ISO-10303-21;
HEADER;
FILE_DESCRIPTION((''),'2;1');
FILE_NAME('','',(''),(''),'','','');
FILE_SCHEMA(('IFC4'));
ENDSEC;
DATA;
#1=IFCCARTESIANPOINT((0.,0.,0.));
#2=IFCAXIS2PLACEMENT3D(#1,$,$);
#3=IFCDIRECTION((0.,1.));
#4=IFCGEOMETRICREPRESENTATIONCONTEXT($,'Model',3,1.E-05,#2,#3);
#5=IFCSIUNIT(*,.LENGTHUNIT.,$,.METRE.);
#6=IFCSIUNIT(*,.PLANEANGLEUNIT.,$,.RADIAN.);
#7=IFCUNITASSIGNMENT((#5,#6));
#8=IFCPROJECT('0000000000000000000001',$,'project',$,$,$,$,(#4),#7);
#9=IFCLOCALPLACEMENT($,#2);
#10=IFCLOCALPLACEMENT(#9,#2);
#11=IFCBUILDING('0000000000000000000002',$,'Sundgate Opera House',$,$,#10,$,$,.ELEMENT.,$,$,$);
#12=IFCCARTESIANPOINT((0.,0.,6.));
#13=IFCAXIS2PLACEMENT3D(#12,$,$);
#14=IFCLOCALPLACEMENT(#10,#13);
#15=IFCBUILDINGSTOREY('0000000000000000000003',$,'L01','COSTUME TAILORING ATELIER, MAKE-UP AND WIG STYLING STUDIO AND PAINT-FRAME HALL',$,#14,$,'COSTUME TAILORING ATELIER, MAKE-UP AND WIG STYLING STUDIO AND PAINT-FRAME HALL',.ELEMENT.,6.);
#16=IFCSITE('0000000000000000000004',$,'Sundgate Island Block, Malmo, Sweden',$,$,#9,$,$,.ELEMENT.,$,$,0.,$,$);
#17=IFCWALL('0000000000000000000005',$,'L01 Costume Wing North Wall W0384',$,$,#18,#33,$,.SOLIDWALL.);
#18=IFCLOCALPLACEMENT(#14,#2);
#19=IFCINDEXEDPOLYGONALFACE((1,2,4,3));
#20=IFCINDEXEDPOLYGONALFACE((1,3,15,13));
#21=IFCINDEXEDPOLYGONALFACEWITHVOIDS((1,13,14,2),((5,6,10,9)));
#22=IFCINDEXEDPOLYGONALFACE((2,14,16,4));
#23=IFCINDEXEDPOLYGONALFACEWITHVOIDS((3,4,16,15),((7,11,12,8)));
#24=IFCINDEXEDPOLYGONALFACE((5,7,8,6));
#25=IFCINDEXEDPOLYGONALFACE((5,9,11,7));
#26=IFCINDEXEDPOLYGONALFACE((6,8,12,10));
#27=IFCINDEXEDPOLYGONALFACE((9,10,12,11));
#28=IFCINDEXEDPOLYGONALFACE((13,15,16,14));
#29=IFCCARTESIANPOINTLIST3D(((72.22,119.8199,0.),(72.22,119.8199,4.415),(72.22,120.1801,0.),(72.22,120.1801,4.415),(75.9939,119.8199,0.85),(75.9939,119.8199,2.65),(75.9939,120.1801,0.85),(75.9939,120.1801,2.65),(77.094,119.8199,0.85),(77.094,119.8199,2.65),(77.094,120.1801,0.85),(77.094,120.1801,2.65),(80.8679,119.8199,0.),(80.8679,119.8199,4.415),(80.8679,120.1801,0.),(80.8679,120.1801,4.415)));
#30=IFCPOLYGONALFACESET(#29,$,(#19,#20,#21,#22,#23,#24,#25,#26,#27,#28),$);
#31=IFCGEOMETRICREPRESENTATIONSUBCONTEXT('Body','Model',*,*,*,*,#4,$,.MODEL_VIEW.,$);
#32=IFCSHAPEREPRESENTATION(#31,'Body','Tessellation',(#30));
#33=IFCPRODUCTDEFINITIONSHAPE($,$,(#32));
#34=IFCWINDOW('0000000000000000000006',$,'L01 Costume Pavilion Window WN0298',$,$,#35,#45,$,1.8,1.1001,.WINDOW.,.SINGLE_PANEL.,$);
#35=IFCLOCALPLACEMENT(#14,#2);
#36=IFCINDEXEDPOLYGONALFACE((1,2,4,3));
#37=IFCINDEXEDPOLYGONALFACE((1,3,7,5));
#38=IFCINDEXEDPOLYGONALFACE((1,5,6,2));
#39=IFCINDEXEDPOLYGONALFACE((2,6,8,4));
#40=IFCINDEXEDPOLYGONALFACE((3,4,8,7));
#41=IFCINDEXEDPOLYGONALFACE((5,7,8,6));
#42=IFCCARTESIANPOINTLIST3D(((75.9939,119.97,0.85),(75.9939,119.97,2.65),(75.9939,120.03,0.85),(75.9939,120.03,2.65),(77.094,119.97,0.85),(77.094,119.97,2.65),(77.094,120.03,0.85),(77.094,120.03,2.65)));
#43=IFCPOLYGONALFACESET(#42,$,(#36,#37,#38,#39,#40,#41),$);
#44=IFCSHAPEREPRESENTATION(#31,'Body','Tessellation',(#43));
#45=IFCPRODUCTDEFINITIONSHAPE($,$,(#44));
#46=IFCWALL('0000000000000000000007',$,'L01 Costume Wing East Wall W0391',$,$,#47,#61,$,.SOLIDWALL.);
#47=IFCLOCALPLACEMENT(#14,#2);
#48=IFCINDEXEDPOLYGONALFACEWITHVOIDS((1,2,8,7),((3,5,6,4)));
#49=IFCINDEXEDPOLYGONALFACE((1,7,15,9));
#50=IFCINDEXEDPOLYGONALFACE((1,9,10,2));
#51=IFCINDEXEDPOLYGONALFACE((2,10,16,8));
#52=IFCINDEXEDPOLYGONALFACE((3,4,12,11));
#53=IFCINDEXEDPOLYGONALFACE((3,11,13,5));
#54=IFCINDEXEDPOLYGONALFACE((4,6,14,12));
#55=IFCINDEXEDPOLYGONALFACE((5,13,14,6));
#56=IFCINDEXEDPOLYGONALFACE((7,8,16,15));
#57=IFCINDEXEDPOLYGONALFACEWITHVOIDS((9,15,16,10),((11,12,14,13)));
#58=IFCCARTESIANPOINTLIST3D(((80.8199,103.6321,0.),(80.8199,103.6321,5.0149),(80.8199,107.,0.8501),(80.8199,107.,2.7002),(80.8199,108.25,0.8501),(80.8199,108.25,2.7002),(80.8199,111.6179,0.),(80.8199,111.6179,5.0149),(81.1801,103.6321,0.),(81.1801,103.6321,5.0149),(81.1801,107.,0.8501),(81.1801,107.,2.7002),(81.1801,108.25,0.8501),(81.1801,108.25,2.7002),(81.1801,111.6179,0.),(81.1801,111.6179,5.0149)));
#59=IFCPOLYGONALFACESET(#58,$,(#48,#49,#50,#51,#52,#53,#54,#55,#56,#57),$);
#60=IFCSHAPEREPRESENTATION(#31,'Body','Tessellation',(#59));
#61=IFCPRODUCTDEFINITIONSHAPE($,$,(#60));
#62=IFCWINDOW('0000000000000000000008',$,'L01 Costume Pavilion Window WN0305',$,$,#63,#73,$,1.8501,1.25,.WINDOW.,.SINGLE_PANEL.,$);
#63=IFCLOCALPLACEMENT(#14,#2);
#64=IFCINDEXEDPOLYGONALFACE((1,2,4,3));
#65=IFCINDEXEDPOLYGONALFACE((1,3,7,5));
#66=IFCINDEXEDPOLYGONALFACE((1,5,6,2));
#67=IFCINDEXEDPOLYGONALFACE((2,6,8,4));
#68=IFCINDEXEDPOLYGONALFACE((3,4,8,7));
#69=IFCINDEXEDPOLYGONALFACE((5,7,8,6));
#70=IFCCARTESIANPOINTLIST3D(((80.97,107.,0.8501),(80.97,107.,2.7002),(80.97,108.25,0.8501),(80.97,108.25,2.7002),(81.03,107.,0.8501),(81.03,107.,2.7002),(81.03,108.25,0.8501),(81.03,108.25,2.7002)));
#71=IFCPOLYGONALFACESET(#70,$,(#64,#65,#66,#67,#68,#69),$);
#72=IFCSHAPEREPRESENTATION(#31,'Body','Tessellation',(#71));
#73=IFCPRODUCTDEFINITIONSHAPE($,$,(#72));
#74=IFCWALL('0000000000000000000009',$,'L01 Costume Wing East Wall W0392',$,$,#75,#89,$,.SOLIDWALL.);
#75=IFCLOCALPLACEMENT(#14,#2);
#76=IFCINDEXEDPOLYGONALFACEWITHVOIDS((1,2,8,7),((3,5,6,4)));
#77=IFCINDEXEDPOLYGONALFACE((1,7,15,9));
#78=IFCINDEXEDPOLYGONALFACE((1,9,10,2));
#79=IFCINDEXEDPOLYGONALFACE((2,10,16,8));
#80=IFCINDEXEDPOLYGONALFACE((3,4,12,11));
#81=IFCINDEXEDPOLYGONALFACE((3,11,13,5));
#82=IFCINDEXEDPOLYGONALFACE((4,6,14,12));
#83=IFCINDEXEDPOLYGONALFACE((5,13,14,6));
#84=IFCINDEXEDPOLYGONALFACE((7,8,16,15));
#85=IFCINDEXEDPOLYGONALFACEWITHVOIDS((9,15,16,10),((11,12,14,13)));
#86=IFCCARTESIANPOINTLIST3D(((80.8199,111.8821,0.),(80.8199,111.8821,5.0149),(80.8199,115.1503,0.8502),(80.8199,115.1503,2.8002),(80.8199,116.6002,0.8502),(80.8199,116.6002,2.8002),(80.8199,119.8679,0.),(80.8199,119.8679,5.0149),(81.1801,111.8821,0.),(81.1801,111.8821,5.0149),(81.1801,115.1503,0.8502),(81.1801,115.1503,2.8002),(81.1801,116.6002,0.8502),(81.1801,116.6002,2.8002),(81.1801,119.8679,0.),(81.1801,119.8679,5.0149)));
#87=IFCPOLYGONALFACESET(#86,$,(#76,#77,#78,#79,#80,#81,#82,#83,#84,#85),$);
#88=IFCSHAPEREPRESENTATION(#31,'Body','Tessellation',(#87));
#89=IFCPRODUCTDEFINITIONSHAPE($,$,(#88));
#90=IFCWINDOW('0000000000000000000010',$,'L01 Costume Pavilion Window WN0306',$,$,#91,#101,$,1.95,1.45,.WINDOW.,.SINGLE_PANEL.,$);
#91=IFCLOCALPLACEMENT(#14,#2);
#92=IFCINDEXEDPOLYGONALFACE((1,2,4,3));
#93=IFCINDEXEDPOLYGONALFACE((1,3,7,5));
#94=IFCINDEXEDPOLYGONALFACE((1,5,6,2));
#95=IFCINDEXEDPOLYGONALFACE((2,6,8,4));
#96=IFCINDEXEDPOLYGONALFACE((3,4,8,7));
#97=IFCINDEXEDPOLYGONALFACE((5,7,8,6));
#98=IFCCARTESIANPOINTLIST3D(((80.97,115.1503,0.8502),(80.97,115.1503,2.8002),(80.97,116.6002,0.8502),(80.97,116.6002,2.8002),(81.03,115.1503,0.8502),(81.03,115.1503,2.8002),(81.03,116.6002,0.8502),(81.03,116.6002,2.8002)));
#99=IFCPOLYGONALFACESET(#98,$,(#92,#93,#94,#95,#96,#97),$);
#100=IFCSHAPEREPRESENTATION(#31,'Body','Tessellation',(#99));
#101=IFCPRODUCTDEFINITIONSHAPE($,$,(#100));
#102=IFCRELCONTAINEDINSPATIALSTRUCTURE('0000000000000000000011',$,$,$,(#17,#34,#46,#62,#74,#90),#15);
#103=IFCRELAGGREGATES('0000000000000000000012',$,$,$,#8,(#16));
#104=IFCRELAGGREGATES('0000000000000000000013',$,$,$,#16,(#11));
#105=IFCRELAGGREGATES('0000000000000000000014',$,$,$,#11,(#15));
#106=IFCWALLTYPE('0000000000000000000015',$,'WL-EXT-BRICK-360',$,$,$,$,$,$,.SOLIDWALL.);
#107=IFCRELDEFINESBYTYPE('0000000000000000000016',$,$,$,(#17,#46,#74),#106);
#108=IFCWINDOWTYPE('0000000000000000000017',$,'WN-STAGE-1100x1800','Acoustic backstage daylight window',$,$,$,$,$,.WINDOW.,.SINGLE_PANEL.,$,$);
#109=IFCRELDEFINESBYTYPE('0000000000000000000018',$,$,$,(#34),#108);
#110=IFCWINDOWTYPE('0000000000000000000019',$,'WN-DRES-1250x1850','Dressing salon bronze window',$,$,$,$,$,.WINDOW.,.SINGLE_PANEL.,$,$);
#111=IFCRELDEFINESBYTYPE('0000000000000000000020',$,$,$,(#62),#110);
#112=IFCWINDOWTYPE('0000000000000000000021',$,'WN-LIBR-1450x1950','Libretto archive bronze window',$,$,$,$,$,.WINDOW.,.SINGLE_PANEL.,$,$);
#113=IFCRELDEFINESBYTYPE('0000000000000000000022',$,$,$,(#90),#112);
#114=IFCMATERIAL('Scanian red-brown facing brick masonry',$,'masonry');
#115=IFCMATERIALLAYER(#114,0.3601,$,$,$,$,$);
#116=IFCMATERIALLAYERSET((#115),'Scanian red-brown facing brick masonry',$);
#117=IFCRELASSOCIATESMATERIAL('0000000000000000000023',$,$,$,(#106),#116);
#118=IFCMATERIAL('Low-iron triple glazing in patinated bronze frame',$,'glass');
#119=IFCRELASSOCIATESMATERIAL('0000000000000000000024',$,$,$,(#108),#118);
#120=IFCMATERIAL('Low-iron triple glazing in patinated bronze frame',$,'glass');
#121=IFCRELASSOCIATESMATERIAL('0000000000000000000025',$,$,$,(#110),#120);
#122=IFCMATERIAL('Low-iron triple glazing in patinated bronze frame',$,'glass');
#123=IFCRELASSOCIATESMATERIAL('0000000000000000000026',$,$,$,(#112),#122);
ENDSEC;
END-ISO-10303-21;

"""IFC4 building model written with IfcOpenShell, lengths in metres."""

from ifc_helpers import new_model, si_unit, direction, frame, frame_2d, origin, place, context, subcontext, project, spatial, rectangle, extrude, material, layer, layer_set, type_object, element, fill, save


model = new_model("IFC4")

# Units and contexts
model_context = context("Model", 3, precision=1e-05, world=origin(), true_north=direction((0.0, 1.0)))
body_context = subcontext(model_context, "Body", "Model", "MODEL_VIEW")
ifc_project = project(units=[si_unit("LENGTHUNIT", "METRE"), si_unit("PLANEANGLEUNIT", "RADIAN")], contexts=[model_context])

# Site, building, storey
site_placement = place(None, origin())
site = spatial("IfcSite", under=ifc_project, at=site_placement, Name="Sundgate Island Block, Malmo, Sweden", CompositionType="ELEMENT", RefElevation=0.0)
building_placement = place(site_placement, origin())
building = spatial("IfcBuilding", under=site, at=building_placement, Name="Sundgate Opera House", CompositionType="ELEMENT")
storey_placement = place(building_placement, frame((0.0, 0.0, 6.0)))
storey = spatial("IfcBuildingStorey", under=building, at=storey_placement, Name="L01", Description="COSTUME TAILORING ATELIER, MAKE-UP AND WIG STYLING STUDIO AND PAINT-FRAME HALL", LongName="COSTUME TAILORING ATELIER, MAKE-UP AND WIG STYLING STUDIO AND PAINT-FRAME HALL", CompositionType="ELEMENT", Elevation=6.0)

# Walls, openings, windows
ifc_material_1 = material(Name="Scanian red-brown facing brick masonry", Category="masonry")
ifc_layer_1 = layer(ifc_material_1, 0.3601)
ifc_layer_set_1 = layer_set([ifc_layer_1], Name="Scanian red-brown facing brick masonry")
wall_type = type_object("IfcWallType", Name="WL-EXT-BRICK-360", PredefinedType="SOLIDWALL", material=ifc_layer_set_1)
wall_1_placement = place(storey_placement, frame((72.22, 120.0, 0.0), z_axis=(0.0, 0.0, 1.0), x_axis=(1.0, 0.0, 0.0)))
wall_1 = element("IfcWall", 1, at=wall_1_placement, inside=storey, type_object=wall_type, Name="L01 Costume Wing North Wall W0384", PredefinedType="SOLIDWALL", context=body_context, shape_type="SweptSolid", body=[
    extrude(rectangle(XDim=8.6479, YDim=0.3601, at=frame_2d((4.324, 0.0))), origin(), (0.0, 0.0, 1.0), 4.415),
])
opening_1_placement = place(wall_1_placement, frame((3.7739, 0.0, 0.8501)))
opening_1 = element("IfcOpeningElement", 2, at=opening_1_placement, cuts=wall_1, PredefinedType="OPENING", context=body_context, shape_type="SweptSolid", body=[
    extrude(rectangle(XDim=1.1001, YDim=1.8, at=frame_2d((0.55, 0.8999))), frame((0.0, 0.1899, 0.0), z_axis=(0.0, -1.0, 0.0), x_axis=(1.0, 0.0, 0.0)), (0.0, 0.0, 1.0), 0.3801),
])
ifc_material_2 = material(Name="Low-iron triple glazing in patinated bronze frame", Category="glass")
window_type_1 = type_object("IfcWindowType", Name="WN-STAGE-1100x1800", Description="Acoustic backstage daylight window", PartitioningType="SINGLE_PANEL", PredefinedType="WINDOW", material=ifc_material_2)
window_1_placement = place(opening_1_placement, origin())
window_1 = element("IfcWindow", 3, at=window_1_placement, inside=storey, type_object=window_type_1, Name="L01 Costume Pavilion Window WN0298", OverallHeight=1.8, OverallWidth=1.1001, PartitioningType="SINGLE_PANEL", PredefinedType="WINDOW", context=body_context, shape_type="SweptSolid", body=[
    extrude(rectangle(XDim=1.1001, YDim=1.8, at=frame_2d((0.55, 0.8999))), frame((0.0, 0.03, 0.0), z_axis=(0.0, -1.0, 0.0), x_axis=(1.0, 0.0, 0.0)), (0.0, 0.0, 1.0), 0.0601),
])
fill(opening_1, window_1)
wall_2_placement = place(storey_placement, frame((81.0, 103.6321, 0.0), z_axis=(0.0, 0.0, 1.0), x_axis=(0.0, 1.0, 0.0)))
wall_2 = element("IfcWall", 4, at=wall_2_placement, inside=storey, type_object=wall_type, Name="L01 Costume Wing East Wall W0391", PredefinedType="SOLIDWALL", context=body_context, shape_type="SweptSolid", body=[
    extrude(rectangle(XDim=7.9858, YDim=0.3601, at=frame_2d((3.9929, 0.0))), origin(), (0.0, 0.0, 1.0), 5.0149),
])
opening_2_placement = place(wall_2_placement, frame((3.3679, 0.0, 0.8501)))
opening_2 = element("IfcOpeningElement", 5, at=opening_2_placement, cuts=wall_2, PredefinedType="OPENING", context=body_context, shape_type="SweptSolid", body=[
    extrude(rectangle(XDim=1.25, YDim=1.8501, at=frame_2d((0.625, 0.925))), frame((0.0, 0.1899, 0.0), z_axis=(0.0, -1.0, 0.0), x_axis=(1.0, 0.0, 0.0)), (0.0, 0.0, 1.0), 0.3801),
])
ifc_material_3 = material(Name="Low-iron triple glazing in patinated bronze frame", Category="glass")
window_type_2 = type_object("IfcWindowType", Name="WN-DRES-1250x1850", Description="Dressing salon bronze window", PartitioningType="SINGLE_PANEL", PredefinedType="WINDOW", material=ifc_material_3)
window_2_placement = place(opening_2_placement, origin())
window_2 = element("IfcWindow", 6, at=window_2_placement, inside=storey, type_object=window_type_2, Name="L01 Costume Pavilion Window WN0305", OverallHeight=1.8501, OverallWidth=1.25, PartitioningType="SINGLE_PANEL", PredefinedType="WINDOW", context=body_context, shape_type="SweptSolid", body=[
    extrude(rectangle(XDim=1.25, YDim=1.8501, at=frame_2d((0.625, 0.925))), frame((0.0, 0.03, 0.0), z_axis=(0.0, -1.0, 0.0), x_axis=(1.0, 0.0, 0.0)), (0.0, 0.0, 1.0), 0.0601),
])
fill(opening_2, window_2)
wall_3_placement = place(storey_placement, frame((81.0, 111.8821, 0.0), z_axis=(0.0, 0.0, 1.0), x_axis=(0.0, 1.0, 0.0)))
wall_3 = element("IfcWall", 7, at=wall_3_placement, inside=storey, type_object=wall_type, Name="L01 Costume Wing East Wall W0392", PredefinedType="SOLIDWALL", context=body_context, shape_type="SweptSolid", body=[
    extrude(rectangle(XDim=7.9858, YDim=0.3601, at=frame_2d((3.9929, 0.0))), origin(), (0.0, 0.0, 1.0), 5.0149),
])
opening_3_placement = place(wall_3_placement, frame((3.2681, 0.0, 0.8501)))
opening_3 = element("IfcOpeningElement", 8, at=opening_3_placement, cuts=wall_3, PredefinedType="OPENING", context=body_context, shape_type="SweptSolid", body=[
    extrude(rectangle(XDim=1.45, YDim=1.95, at=frame_2d((0.7251, 0.9751))), frame((0.0, 0.1899, 0.0), z_axis=(0.0, -1.0, 0.0), x_axis=(1.0, 0.0, 0.0)), (0.0, 0.0, 1.0), 0.3801),
])
ifc_material_4 = material(Name="Low-iron triple glazing in patinated bronze frame", Category="glass")
window_type_3 = type_object("IfcWindowType", Name="WN-LIBR-1450x1950", Description="Libretto archive bronze window", PartitioningType="SINGLE_PANEL", PredefinedType="WINDOW", material=ifc_material_4)
window_3_placement = place(opening_3_placement, origin())
window_3 = element("IfcWindow", 9, at=window_3_placement, inside=storey, type_object=window_type_3, Name="L01 Costume Pavilion Window WN0306", OverallHeight=1.95, OverallWidth=1.45, PartitioningType="SINGLE_PANEL", PredefinedType="WINDOW", context=body_context, shape_type="SweptSolid", body=[
    extrude(rectangle(XDim=1.45, YDim=1.95, at=frame_2d((0.7251, 0.9751))), frame((0.0, 0.03, 0.0), z_axis=(0.0, -1.0, 0.0), x_axis=(1.0, 0.0, 0.0)), (0.0, 0.0, 1.0), 0.0601),
])
fill(opening_3, window_3)

save(model, "model.ifc")
